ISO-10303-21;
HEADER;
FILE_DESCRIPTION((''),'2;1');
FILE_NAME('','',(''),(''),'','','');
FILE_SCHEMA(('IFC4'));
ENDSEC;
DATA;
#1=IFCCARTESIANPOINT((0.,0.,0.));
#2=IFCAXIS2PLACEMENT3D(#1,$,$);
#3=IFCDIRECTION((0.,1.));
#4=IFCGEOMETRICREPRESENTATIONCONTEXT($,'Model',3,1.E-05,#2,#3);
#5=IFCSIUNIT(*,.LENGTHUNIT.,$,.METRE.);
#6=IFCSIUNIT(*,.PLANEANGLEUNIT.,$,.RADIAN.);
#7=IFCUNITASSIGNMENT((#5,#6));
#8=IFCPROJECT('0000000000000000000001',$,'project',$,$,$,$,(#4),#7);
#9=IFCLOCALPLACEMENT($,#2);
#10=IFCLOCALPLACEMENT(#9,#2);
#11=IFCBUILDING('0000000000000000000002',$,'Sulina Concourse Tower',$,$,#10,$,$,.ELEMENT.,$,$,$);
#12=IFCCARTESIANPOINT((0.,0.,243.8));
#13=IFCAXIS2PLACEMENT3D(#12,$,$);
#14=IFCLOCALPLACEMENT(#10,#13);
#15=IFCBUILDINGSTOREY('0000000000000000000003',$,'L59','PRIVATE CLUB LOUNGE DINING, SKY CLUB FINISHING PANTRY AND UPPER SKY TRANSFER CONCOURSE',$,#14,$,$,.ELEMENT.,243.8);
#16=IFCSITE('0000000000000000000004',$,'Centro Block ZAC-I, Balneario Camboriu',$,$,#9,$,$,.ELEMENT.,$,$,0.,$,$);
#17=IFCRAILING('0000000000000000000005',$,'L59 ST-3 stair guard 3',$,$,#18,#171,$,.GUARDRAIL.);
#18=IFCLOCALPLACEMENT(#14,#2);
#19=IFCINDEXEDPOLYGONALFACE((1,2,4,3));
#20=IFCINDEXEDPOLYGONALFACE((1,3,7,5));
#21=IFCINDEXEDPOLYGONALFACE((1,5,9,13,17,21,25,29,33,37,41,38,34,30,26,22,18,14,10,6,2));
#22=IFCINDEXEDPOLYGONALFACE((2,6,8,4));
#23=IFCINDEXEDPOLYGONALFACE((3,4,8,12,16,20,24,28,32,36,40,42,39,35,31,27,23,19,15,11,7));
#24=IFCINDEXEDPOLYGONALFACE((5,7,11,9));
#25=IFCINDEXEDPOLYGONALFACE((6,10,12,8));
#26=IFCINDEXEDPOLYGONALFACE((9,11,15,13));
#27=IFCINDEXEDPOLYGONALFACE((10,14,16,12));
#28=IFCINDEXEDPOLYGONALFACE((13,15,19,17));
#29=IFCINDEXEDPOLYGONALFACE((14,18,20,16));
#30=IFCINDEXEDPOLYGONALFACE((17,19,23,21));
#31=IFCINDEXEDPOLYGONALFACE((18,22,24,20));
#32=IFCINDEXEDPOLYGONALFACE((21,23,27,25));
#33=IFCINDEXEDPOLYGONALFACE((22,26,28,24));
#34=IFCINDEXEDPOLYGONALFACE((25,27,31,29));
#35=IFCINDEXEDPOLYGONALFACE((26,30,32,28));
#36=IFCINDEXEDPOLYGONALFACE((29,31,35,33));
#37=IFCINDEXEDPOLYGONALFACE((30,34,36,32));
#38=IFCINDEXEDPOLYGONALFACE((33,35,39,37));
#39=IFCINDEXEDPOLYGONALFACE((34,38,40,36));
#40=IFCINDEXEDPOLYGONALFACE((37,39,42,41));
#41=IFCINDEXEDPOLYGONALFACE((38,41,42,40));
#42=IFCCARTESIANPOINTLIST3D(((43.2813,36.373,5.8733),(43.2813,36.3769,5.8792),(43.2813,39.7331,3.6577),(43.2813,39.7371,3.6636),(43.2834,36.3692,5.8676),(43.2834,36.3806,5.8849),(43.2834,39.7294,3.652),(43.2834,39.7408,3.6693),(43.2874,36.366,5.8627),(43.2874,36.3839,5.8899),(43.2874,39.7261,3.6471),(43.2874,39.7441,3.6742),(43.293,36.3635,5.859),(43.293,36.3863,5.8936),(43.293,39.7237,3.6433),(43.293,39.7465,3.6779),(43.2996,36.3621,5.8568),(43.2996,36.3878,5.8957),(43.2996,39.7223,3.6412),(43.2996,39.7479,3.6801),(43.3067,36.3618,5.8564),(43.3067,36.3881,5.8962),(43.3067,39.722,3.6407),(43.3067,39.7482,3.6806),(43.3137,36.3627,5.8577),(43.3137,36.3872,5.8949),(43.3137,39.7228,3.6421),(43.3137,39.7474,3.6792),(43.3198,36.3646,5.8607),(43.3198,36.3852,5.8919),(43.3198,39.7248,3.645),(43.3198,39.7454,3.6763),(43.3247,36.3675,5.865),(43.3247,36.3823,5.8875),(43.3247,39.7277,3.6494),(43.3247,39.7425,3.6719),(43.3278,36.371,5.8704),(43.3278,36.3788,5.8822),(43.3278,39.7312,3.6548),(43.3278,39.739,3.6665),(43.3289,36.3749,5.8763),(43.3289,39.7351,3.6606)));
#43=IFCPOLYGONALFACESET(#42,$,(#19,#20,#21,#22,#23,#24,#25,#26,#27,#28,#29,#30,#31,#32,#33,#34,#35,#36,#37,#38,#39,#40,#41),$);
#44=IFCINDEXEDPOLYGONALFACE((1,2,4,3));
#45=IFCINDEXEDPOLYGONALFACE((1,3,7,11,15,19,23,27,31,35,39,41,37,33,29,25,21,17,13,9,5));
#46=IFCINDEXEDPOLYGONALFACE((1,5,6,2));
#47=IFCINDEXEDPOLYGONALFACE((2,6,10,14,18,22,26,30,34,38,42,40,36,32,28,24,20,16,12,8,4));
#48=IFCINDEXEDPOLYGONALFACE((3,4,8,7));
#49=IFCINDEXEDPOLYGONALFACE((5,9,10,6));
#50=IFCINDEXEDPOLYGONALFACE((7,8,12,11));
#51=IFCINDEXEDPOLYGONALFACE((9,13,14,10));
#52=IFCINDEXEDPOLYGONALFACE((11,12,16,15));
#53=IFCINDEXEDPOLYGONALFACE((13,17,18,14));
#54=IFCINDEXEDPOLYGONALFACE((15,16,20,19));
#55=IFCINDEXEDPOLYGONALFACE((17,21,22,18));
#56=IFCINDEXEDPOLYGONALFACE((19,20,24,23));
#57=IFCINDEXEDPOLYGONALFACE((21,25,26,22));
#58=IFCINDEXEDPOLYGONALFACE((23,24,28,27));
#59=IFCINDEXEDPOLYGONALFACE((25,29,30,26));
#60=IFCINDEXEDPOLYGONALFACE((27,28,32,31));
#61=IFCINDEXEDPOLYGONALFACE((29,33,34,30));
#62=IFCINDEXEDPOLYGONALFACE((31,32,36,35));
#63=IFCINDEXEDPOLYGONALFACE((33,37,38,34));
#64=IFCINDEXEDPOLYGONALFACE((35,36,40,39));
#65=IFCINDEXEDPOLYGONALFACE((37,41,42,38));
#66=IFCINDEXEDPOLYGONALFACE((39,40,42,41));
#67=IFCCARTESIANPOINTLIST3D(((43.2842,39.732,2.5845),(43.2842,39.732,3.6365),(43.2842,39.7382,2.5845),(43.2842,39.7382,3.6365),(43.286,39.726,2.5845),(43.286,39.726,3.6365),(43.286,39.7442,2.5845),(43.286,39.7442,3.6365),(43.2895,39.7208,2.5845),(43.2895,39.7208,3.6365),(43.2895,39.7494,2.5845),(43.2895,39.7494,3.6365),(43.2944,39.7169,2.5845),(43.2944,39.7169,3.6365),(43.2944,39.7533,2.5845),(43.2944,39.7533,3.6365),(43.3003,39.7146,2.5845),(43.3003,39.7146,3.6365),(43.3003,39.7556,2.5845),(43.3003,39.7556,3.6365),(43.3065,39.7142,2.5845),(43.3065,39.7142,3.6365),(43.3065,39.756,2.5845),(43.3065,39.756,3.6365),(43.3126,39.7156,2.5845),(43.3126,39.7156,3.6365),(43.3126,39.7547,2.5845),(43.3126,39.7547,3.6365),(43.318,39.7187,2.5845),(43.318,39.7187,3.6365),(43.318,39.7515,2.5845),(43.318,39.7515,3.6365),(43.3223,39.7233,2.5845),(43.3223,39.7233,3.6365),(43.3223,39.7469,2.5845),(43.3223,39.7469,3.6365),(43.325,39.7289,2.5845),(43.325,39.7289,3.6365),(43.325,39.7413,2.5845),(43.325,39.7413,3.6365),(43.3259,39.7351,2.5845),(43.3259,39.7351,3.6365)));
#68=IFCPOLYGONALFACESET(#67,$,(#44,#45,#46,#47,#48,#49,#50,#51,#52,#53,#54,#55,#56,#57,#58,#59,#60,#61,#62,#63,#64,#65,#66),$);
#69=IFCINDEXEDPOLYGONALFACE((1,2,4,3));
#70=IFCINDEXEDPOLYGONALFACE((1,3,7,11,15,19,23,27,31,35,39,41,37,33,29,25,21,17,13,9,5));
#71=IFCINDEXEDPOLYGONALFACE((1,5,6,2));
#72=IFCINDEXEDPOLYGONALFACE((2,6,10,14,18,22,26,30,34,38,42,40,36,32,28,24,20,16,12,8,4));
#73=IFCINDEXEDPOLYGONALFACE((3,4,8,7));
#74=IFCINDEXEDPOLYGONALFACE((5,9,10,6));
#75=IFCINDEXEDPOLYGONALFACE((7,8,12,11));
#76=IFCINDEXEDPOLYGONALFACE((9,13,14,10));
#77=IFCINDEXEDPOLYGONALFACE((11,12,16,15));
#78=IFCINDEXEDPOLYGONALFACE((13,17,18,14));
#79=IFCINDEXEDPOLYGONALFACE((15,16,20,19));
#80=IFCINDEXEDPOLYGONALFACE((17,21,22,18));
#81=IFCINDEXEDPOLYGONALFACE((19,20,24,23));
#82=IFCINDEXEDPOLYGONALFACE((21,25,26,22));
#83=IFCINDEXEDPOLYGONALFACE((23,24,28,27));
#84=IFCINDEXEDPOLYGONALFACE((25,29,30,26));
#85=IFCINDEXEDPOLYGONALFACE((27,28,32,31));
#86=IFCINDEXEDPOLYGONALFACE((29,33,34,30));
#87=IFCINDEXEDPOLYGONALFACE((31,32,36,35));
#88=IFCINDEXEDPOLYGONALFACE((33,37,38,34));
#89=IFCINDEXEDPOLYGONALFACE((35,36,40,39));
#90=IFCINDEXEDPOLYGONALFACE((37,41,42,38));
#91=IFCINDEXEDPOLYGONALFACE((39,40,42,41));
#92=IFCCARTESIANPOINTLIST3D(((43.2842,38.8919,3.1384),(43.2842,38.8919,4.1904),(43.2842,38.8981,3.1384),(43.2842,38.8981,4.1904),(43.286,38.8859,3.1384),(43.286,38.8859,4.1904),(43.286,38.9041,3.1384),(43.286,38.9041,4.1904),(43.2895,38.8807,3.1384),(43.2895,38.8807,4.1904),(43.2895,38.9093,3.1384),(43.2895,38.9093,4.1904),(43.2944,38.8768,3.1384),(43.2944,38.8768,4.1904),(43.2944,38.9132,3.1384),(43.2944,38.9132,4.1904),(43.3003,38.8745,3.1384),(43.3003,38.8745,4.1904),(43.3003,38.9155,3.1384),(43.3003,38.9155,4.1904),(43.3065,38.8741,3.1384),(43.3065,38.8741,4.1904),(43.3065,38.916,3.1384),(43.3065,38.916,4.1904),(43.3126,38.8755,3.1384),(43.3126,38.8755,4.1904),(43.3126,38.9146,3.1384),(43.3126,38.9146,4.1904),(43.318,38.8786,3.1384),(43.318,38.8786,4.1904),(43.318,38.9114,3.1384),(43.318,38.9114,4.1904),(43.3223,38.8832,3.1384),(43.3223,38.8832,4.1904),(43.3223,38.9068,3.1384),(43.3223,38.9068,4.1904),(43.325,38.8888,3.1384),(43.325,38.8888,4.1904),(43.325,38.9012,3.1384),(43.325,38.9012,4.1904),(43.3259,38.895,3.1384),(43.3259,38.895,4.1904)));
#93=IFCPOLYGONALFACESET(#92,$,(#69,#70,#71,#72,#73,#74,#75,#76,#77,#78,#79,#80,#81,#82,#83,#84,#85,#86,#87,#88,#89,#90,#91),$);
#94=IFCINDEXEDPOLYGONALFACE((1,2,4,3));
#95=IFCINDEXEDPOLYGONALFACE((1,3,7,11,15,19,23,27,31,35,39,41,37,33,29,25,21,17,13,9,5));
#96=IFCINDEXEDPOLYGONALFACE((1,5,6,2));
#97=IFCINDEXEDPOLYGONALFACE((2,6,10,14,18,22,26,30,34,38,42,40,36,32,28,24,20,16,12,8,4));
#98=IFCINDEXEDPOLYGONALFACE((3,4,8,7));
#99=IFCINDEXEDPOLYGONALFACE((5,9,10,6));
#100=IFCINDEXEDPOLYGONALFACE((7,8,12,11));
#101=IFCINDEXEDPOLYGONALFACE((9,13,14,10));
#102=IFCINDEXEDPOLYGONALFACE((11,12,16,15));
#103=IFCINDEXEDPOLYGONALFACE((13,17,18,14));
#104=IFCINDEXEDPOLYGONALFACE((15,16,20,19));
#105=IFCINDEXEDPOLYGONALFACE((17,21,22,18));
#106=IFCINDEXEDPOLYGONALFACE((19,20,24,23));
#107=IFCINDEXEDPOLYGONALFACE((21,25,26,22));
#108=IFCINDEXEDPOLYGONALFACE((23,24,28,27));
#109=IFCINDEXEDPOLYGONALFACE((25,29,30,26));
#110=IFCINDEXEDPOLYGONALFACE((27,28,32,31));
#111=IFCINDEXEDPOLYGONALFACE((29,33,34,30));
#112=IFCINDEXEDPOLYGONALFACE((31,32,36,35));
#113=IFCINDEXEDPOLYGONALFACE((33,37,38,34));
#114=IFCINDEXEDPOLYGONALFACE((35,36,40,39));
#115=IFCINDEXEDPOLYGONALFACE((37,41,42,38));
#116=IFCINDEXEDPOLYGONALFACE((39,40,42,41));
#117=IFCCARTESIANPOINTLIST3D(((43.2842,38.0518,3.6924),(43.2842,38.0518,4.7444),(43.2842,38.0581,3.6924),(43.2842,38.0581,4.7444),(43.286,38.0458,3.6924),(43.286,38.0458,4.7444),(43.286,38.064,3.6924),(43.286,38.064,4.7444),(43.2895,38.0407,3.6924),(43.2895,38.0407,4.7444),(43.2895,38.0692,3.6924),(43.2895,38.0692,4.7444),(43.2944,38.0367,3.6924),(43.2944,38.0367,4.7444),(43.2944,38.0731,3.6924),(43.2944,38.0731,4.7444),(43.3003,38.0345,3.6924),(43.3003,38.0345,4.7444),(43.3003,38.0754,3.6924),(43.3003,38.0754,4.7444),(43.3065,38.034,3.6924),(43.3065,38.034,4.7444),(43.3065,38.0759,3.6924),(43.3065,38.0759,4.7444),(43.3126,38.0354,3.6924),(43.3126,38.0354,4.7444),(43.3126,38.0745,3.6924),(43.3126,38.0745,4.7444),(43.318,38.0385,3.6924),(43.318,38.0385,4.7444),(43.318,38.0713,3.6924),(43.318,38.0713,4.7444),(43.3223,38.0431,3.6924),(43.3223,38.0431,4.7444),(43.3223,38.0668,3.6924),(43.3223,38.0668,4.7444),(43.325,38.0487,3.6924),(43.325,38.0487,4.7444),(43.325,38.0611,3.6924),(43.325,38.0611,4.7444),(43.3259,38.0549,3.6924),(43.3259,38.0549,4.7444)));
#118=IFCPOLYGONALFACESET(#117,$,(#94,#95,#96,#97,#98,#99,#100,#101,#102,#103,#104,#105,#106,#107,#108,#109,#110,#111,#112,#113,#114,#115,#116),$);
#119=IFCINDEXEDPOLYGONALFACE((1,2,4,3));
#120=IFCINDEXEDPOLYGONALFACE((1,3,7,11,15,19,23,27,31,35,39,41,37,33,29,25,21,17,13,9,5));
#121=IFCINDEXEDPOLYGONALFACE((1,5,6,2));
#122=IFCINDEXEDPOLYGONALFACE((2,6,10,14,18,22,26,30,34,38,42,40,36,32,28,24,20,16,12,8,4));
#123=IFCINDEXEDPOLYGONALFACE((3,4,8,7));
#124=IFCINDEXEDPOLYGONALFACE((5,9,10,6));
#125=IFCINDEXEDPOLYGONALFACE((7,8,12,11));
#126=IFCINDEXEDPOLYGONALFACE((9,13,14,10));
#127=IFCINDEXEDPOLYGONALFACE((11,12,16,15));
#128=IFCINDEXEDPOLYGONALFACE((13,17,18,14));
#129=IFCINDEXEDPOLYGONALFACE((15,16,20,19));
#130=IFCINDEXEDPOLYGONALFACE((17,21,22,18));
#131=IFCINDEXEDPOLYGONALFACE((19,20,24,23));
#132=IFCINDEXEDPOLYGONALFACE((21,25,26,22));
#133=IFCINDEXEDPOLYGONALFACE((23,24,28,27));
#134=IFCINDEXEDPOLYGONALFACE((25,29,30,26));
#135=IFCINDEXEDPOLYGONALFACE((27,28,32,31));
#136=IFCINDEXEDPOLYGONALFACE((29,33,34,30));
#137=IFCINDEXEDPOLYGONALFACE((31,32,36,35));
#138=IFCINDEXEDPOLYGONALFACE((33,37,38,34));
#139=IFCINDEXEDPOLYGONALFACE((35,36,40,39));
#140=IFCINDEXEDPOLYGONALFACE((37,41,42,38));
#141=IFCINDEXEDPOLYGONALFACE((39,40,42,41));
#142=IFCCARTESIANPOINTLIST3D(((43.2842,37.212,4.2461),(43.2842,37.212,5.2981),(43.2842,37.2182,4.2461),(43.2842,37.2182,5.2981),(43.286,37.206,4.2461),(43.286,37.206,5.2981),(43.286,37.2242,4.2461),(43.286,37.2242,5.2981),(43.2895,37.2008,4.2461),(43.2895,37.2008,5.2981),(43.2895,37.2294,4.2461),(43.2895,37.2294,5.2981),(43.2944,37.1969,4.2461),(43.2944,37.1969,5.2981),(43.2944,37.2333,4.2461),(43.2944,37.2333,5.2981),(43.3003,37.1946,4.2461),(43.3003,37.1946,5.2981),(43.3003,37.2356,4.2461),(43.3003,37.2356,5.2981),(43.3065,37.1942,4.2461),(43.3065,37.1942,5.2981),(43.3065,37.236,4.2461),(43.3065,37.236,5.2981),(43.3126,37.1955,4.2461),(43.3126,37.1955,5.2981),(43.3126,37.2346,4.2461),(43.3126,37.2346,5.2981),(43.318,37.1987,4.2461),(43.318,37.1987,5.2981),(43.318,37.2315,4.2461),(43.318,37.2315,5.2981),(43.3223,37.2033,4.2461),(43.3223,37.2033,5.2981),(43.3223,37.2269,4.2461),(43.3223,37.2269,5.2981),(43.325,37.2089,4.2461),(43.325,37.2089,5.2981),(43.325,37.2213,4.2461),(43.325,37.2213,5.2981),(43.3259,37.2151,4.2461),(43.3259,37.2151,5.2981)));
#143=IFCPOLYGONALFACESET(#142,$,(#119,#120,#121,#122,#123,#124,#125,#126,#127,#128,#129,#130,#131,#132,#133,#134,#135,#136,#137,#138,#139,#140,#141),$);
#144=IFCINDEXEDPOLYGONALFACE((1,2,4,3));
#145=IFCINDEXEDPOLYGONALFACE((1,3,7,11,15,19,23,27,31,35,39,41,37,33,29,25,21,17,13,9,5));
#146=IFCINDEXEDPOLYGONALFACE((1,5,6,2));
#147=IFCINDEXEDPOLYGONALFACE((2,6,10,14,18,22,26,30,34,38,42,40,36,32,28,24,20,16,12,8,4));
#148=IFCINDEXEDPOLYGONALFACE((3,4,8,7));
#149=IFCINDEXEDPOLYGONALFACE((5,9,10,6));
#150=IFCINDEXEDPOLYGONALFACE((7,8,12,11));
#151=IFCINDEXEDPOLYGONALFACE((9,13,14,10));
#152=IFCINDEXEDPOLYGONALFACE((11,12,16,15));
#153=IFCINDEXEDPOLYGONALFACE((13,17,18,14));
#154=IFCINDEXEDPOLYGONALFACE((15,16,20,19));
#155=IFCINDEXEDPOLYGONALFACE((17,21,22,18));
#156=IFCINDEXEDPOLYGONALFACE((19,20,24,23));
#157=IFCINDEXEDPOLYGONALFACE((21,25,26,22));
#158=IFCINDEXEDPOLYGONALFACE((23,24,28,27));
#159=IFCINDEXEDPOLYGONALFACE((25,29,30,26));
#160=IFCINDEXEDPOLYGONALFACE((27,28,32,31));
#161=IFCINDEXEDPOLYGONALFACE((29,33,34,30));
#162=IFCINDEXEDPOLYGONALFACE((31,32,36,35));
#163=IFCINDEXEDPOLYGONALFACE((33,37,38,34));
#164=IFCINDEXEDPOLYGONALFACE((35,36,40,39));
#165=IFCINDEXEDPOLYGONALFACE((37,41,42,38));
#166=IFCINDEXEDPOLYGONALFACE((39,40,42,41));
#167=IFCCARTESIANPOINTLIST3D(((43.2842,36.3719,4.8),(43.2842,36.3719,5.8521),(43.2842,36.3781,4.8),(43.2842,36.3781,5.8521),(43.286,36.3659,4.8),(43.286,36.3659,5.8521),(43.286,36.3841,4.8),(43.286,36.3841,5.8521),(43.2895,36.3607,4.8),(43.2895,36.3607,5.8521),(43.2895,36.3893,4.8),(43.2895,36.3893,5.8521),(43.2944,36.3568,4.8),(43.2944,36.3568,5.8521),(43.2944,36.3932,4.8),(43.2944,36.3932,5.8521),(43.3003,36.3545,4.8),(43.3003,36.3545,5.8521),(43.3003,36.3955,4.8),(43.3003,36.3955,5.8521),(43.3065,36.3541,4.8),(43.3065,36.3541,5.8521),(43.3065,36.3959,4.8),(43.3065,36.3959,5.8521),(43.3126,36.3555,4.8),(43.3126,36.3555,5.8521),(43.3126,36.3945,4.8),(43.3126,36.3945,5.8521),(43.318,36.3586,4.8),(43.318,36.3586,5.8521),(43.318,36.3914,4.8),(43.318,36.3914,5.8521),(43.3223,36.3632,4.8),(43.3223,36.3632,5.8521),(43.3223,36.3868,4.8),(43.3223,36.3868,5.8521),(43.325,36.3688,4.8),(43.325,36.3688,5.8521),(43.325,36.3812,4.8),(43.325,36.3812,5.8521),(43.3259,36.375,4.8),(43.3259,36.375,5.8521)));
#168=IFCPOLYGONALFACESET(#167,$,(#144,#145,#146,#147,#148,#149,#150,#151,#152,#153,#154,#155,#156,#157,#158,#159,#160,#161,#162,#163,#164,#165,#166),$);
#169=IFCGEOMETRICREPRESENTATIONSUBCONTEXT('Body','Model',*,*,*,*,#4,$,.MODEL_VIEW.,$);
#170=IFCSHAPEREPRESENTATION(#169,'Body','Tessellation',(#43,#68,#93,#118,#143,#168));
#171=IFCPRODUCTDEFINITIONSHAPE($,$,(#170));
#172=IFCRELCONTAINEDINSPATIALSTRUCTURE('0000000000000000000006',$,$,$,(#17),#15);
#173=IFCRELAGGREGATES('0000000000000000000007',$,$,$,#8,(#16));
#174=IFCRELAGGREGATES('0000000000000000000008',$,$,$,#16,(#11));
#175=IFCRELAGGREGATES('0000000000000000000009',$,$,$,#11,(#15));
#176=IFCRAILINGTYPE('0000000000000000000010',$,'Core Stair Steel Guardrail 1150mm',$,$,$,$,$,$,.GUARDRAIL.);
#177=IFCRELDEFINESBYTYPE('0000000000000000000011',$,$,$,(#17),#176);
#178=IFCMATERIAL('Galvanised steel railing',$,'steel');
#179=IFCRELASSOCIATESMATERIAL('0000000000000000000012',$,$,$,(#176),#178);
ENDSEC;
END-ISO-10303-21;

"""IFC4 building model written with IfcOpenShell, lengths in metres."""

from ifc_helpers import new_model, si_unit, direction, frame, origin, origin_2d, place, context, subcontext, project, spatial, circle, extrude, material, type_object, element, save


model = new_model("IFC4")

# Units and contexts
model_context = context("Model", 3, precision=1e-05, world=origin(), true_north=direction((0.0, 1.0)))
body_context = subcontext(model_context, "Body", "Model", "MODEL_VIEW")
ifc_project = project(units=[si_unit("LENGTHUNIT", "METRE"), si_unit("PLANEANGLEUNIT", "RADIAN")], contexts=[model_context])

# Site, building, storey
site_placement = place(None, origin())
site = spatial("IfcSite", under=ifc_project, at=site_placement, Name="Centro Block ZAC-I, Balneario Camboriu", CompositionType="ELEMENT", RefElevation=0.0)
building_placement = place(site_placement, origin())
building = spatial("IfcBuilding", under=site, at=building_placement, Name="Sulina Concourse Tower", CompositionType="ELEMENT")
storey_placement = place(building_placement, frame((0.0, 0.0, 243.8)))
storey = spatial("IfcBuildingStorey", under=building, at=storey_placement, Name="L59", Description="PRIVATE CLUB LOUNGE DINING, SKY CLUB FINISHING PANTRY AND UPPER SKY TRANSFER CONCOURSE", CompositionType="ELEMENT", Elevation=243.8)

# Railing
ifc_material_1 = material(Name="Galvanised steel railing", Category="steel")
railing_type_1 = type_object("IfcRailingType", Name="Core Stair Steel Guardrail 1150mm", PredefinedType="GUARDRAIL", material=ifc_material_1)
railing_1_placement = place(storey_placement, frame((43.3049, 39.7351, 2.5845)))
element("IfcRailing", 1, at=railing_1_placement, inside=storey, type_object=railing_type_1, Name="L59 ST-3 stair guard 3", PredefinedType="GUARDRAIL", context=body_context, shape_type="SweptSolid", body=[
    extrude(circle(Radius=0.0239, at=origin_2d()), frame((0.0, 0.0, 1.0762), z_axis=(0.0, -0.834849, 0.55048), x_axis=(1.0, 0.0, 0.0)), (0.0, 0.0, 1.0), 4.0249),
    extrude(circle(Radius=0.021, at=origin_2d()), origin(), (0.0, 0.0, 1.0), 1.052),
    extrude(circle(Radius=0.021, at=origin_2d()), frame((0.0, -0.8401, 0.554)), (0.0, 0.0, 1.0), 1.052),
    extrude(circle(Radius=0.021, at=origin_2d()), frame((0.0, -1.6802, 1.1079)), (0.0, 0.0, 1.0), 1.052),
    extrude(circle(Radius=0.021, at=origin_2d()), frame((0.0, -2.52, 1.6616)), (0.0, 0.0, 1.0), 1.052),
    extrude(circle(Radius=0.021, at=origin_2d()), frame((0.0, -3.3601, 2.2156)), (0.0, 0.0, 1.0), 1.052),
])

save(model, "model.ifc")
